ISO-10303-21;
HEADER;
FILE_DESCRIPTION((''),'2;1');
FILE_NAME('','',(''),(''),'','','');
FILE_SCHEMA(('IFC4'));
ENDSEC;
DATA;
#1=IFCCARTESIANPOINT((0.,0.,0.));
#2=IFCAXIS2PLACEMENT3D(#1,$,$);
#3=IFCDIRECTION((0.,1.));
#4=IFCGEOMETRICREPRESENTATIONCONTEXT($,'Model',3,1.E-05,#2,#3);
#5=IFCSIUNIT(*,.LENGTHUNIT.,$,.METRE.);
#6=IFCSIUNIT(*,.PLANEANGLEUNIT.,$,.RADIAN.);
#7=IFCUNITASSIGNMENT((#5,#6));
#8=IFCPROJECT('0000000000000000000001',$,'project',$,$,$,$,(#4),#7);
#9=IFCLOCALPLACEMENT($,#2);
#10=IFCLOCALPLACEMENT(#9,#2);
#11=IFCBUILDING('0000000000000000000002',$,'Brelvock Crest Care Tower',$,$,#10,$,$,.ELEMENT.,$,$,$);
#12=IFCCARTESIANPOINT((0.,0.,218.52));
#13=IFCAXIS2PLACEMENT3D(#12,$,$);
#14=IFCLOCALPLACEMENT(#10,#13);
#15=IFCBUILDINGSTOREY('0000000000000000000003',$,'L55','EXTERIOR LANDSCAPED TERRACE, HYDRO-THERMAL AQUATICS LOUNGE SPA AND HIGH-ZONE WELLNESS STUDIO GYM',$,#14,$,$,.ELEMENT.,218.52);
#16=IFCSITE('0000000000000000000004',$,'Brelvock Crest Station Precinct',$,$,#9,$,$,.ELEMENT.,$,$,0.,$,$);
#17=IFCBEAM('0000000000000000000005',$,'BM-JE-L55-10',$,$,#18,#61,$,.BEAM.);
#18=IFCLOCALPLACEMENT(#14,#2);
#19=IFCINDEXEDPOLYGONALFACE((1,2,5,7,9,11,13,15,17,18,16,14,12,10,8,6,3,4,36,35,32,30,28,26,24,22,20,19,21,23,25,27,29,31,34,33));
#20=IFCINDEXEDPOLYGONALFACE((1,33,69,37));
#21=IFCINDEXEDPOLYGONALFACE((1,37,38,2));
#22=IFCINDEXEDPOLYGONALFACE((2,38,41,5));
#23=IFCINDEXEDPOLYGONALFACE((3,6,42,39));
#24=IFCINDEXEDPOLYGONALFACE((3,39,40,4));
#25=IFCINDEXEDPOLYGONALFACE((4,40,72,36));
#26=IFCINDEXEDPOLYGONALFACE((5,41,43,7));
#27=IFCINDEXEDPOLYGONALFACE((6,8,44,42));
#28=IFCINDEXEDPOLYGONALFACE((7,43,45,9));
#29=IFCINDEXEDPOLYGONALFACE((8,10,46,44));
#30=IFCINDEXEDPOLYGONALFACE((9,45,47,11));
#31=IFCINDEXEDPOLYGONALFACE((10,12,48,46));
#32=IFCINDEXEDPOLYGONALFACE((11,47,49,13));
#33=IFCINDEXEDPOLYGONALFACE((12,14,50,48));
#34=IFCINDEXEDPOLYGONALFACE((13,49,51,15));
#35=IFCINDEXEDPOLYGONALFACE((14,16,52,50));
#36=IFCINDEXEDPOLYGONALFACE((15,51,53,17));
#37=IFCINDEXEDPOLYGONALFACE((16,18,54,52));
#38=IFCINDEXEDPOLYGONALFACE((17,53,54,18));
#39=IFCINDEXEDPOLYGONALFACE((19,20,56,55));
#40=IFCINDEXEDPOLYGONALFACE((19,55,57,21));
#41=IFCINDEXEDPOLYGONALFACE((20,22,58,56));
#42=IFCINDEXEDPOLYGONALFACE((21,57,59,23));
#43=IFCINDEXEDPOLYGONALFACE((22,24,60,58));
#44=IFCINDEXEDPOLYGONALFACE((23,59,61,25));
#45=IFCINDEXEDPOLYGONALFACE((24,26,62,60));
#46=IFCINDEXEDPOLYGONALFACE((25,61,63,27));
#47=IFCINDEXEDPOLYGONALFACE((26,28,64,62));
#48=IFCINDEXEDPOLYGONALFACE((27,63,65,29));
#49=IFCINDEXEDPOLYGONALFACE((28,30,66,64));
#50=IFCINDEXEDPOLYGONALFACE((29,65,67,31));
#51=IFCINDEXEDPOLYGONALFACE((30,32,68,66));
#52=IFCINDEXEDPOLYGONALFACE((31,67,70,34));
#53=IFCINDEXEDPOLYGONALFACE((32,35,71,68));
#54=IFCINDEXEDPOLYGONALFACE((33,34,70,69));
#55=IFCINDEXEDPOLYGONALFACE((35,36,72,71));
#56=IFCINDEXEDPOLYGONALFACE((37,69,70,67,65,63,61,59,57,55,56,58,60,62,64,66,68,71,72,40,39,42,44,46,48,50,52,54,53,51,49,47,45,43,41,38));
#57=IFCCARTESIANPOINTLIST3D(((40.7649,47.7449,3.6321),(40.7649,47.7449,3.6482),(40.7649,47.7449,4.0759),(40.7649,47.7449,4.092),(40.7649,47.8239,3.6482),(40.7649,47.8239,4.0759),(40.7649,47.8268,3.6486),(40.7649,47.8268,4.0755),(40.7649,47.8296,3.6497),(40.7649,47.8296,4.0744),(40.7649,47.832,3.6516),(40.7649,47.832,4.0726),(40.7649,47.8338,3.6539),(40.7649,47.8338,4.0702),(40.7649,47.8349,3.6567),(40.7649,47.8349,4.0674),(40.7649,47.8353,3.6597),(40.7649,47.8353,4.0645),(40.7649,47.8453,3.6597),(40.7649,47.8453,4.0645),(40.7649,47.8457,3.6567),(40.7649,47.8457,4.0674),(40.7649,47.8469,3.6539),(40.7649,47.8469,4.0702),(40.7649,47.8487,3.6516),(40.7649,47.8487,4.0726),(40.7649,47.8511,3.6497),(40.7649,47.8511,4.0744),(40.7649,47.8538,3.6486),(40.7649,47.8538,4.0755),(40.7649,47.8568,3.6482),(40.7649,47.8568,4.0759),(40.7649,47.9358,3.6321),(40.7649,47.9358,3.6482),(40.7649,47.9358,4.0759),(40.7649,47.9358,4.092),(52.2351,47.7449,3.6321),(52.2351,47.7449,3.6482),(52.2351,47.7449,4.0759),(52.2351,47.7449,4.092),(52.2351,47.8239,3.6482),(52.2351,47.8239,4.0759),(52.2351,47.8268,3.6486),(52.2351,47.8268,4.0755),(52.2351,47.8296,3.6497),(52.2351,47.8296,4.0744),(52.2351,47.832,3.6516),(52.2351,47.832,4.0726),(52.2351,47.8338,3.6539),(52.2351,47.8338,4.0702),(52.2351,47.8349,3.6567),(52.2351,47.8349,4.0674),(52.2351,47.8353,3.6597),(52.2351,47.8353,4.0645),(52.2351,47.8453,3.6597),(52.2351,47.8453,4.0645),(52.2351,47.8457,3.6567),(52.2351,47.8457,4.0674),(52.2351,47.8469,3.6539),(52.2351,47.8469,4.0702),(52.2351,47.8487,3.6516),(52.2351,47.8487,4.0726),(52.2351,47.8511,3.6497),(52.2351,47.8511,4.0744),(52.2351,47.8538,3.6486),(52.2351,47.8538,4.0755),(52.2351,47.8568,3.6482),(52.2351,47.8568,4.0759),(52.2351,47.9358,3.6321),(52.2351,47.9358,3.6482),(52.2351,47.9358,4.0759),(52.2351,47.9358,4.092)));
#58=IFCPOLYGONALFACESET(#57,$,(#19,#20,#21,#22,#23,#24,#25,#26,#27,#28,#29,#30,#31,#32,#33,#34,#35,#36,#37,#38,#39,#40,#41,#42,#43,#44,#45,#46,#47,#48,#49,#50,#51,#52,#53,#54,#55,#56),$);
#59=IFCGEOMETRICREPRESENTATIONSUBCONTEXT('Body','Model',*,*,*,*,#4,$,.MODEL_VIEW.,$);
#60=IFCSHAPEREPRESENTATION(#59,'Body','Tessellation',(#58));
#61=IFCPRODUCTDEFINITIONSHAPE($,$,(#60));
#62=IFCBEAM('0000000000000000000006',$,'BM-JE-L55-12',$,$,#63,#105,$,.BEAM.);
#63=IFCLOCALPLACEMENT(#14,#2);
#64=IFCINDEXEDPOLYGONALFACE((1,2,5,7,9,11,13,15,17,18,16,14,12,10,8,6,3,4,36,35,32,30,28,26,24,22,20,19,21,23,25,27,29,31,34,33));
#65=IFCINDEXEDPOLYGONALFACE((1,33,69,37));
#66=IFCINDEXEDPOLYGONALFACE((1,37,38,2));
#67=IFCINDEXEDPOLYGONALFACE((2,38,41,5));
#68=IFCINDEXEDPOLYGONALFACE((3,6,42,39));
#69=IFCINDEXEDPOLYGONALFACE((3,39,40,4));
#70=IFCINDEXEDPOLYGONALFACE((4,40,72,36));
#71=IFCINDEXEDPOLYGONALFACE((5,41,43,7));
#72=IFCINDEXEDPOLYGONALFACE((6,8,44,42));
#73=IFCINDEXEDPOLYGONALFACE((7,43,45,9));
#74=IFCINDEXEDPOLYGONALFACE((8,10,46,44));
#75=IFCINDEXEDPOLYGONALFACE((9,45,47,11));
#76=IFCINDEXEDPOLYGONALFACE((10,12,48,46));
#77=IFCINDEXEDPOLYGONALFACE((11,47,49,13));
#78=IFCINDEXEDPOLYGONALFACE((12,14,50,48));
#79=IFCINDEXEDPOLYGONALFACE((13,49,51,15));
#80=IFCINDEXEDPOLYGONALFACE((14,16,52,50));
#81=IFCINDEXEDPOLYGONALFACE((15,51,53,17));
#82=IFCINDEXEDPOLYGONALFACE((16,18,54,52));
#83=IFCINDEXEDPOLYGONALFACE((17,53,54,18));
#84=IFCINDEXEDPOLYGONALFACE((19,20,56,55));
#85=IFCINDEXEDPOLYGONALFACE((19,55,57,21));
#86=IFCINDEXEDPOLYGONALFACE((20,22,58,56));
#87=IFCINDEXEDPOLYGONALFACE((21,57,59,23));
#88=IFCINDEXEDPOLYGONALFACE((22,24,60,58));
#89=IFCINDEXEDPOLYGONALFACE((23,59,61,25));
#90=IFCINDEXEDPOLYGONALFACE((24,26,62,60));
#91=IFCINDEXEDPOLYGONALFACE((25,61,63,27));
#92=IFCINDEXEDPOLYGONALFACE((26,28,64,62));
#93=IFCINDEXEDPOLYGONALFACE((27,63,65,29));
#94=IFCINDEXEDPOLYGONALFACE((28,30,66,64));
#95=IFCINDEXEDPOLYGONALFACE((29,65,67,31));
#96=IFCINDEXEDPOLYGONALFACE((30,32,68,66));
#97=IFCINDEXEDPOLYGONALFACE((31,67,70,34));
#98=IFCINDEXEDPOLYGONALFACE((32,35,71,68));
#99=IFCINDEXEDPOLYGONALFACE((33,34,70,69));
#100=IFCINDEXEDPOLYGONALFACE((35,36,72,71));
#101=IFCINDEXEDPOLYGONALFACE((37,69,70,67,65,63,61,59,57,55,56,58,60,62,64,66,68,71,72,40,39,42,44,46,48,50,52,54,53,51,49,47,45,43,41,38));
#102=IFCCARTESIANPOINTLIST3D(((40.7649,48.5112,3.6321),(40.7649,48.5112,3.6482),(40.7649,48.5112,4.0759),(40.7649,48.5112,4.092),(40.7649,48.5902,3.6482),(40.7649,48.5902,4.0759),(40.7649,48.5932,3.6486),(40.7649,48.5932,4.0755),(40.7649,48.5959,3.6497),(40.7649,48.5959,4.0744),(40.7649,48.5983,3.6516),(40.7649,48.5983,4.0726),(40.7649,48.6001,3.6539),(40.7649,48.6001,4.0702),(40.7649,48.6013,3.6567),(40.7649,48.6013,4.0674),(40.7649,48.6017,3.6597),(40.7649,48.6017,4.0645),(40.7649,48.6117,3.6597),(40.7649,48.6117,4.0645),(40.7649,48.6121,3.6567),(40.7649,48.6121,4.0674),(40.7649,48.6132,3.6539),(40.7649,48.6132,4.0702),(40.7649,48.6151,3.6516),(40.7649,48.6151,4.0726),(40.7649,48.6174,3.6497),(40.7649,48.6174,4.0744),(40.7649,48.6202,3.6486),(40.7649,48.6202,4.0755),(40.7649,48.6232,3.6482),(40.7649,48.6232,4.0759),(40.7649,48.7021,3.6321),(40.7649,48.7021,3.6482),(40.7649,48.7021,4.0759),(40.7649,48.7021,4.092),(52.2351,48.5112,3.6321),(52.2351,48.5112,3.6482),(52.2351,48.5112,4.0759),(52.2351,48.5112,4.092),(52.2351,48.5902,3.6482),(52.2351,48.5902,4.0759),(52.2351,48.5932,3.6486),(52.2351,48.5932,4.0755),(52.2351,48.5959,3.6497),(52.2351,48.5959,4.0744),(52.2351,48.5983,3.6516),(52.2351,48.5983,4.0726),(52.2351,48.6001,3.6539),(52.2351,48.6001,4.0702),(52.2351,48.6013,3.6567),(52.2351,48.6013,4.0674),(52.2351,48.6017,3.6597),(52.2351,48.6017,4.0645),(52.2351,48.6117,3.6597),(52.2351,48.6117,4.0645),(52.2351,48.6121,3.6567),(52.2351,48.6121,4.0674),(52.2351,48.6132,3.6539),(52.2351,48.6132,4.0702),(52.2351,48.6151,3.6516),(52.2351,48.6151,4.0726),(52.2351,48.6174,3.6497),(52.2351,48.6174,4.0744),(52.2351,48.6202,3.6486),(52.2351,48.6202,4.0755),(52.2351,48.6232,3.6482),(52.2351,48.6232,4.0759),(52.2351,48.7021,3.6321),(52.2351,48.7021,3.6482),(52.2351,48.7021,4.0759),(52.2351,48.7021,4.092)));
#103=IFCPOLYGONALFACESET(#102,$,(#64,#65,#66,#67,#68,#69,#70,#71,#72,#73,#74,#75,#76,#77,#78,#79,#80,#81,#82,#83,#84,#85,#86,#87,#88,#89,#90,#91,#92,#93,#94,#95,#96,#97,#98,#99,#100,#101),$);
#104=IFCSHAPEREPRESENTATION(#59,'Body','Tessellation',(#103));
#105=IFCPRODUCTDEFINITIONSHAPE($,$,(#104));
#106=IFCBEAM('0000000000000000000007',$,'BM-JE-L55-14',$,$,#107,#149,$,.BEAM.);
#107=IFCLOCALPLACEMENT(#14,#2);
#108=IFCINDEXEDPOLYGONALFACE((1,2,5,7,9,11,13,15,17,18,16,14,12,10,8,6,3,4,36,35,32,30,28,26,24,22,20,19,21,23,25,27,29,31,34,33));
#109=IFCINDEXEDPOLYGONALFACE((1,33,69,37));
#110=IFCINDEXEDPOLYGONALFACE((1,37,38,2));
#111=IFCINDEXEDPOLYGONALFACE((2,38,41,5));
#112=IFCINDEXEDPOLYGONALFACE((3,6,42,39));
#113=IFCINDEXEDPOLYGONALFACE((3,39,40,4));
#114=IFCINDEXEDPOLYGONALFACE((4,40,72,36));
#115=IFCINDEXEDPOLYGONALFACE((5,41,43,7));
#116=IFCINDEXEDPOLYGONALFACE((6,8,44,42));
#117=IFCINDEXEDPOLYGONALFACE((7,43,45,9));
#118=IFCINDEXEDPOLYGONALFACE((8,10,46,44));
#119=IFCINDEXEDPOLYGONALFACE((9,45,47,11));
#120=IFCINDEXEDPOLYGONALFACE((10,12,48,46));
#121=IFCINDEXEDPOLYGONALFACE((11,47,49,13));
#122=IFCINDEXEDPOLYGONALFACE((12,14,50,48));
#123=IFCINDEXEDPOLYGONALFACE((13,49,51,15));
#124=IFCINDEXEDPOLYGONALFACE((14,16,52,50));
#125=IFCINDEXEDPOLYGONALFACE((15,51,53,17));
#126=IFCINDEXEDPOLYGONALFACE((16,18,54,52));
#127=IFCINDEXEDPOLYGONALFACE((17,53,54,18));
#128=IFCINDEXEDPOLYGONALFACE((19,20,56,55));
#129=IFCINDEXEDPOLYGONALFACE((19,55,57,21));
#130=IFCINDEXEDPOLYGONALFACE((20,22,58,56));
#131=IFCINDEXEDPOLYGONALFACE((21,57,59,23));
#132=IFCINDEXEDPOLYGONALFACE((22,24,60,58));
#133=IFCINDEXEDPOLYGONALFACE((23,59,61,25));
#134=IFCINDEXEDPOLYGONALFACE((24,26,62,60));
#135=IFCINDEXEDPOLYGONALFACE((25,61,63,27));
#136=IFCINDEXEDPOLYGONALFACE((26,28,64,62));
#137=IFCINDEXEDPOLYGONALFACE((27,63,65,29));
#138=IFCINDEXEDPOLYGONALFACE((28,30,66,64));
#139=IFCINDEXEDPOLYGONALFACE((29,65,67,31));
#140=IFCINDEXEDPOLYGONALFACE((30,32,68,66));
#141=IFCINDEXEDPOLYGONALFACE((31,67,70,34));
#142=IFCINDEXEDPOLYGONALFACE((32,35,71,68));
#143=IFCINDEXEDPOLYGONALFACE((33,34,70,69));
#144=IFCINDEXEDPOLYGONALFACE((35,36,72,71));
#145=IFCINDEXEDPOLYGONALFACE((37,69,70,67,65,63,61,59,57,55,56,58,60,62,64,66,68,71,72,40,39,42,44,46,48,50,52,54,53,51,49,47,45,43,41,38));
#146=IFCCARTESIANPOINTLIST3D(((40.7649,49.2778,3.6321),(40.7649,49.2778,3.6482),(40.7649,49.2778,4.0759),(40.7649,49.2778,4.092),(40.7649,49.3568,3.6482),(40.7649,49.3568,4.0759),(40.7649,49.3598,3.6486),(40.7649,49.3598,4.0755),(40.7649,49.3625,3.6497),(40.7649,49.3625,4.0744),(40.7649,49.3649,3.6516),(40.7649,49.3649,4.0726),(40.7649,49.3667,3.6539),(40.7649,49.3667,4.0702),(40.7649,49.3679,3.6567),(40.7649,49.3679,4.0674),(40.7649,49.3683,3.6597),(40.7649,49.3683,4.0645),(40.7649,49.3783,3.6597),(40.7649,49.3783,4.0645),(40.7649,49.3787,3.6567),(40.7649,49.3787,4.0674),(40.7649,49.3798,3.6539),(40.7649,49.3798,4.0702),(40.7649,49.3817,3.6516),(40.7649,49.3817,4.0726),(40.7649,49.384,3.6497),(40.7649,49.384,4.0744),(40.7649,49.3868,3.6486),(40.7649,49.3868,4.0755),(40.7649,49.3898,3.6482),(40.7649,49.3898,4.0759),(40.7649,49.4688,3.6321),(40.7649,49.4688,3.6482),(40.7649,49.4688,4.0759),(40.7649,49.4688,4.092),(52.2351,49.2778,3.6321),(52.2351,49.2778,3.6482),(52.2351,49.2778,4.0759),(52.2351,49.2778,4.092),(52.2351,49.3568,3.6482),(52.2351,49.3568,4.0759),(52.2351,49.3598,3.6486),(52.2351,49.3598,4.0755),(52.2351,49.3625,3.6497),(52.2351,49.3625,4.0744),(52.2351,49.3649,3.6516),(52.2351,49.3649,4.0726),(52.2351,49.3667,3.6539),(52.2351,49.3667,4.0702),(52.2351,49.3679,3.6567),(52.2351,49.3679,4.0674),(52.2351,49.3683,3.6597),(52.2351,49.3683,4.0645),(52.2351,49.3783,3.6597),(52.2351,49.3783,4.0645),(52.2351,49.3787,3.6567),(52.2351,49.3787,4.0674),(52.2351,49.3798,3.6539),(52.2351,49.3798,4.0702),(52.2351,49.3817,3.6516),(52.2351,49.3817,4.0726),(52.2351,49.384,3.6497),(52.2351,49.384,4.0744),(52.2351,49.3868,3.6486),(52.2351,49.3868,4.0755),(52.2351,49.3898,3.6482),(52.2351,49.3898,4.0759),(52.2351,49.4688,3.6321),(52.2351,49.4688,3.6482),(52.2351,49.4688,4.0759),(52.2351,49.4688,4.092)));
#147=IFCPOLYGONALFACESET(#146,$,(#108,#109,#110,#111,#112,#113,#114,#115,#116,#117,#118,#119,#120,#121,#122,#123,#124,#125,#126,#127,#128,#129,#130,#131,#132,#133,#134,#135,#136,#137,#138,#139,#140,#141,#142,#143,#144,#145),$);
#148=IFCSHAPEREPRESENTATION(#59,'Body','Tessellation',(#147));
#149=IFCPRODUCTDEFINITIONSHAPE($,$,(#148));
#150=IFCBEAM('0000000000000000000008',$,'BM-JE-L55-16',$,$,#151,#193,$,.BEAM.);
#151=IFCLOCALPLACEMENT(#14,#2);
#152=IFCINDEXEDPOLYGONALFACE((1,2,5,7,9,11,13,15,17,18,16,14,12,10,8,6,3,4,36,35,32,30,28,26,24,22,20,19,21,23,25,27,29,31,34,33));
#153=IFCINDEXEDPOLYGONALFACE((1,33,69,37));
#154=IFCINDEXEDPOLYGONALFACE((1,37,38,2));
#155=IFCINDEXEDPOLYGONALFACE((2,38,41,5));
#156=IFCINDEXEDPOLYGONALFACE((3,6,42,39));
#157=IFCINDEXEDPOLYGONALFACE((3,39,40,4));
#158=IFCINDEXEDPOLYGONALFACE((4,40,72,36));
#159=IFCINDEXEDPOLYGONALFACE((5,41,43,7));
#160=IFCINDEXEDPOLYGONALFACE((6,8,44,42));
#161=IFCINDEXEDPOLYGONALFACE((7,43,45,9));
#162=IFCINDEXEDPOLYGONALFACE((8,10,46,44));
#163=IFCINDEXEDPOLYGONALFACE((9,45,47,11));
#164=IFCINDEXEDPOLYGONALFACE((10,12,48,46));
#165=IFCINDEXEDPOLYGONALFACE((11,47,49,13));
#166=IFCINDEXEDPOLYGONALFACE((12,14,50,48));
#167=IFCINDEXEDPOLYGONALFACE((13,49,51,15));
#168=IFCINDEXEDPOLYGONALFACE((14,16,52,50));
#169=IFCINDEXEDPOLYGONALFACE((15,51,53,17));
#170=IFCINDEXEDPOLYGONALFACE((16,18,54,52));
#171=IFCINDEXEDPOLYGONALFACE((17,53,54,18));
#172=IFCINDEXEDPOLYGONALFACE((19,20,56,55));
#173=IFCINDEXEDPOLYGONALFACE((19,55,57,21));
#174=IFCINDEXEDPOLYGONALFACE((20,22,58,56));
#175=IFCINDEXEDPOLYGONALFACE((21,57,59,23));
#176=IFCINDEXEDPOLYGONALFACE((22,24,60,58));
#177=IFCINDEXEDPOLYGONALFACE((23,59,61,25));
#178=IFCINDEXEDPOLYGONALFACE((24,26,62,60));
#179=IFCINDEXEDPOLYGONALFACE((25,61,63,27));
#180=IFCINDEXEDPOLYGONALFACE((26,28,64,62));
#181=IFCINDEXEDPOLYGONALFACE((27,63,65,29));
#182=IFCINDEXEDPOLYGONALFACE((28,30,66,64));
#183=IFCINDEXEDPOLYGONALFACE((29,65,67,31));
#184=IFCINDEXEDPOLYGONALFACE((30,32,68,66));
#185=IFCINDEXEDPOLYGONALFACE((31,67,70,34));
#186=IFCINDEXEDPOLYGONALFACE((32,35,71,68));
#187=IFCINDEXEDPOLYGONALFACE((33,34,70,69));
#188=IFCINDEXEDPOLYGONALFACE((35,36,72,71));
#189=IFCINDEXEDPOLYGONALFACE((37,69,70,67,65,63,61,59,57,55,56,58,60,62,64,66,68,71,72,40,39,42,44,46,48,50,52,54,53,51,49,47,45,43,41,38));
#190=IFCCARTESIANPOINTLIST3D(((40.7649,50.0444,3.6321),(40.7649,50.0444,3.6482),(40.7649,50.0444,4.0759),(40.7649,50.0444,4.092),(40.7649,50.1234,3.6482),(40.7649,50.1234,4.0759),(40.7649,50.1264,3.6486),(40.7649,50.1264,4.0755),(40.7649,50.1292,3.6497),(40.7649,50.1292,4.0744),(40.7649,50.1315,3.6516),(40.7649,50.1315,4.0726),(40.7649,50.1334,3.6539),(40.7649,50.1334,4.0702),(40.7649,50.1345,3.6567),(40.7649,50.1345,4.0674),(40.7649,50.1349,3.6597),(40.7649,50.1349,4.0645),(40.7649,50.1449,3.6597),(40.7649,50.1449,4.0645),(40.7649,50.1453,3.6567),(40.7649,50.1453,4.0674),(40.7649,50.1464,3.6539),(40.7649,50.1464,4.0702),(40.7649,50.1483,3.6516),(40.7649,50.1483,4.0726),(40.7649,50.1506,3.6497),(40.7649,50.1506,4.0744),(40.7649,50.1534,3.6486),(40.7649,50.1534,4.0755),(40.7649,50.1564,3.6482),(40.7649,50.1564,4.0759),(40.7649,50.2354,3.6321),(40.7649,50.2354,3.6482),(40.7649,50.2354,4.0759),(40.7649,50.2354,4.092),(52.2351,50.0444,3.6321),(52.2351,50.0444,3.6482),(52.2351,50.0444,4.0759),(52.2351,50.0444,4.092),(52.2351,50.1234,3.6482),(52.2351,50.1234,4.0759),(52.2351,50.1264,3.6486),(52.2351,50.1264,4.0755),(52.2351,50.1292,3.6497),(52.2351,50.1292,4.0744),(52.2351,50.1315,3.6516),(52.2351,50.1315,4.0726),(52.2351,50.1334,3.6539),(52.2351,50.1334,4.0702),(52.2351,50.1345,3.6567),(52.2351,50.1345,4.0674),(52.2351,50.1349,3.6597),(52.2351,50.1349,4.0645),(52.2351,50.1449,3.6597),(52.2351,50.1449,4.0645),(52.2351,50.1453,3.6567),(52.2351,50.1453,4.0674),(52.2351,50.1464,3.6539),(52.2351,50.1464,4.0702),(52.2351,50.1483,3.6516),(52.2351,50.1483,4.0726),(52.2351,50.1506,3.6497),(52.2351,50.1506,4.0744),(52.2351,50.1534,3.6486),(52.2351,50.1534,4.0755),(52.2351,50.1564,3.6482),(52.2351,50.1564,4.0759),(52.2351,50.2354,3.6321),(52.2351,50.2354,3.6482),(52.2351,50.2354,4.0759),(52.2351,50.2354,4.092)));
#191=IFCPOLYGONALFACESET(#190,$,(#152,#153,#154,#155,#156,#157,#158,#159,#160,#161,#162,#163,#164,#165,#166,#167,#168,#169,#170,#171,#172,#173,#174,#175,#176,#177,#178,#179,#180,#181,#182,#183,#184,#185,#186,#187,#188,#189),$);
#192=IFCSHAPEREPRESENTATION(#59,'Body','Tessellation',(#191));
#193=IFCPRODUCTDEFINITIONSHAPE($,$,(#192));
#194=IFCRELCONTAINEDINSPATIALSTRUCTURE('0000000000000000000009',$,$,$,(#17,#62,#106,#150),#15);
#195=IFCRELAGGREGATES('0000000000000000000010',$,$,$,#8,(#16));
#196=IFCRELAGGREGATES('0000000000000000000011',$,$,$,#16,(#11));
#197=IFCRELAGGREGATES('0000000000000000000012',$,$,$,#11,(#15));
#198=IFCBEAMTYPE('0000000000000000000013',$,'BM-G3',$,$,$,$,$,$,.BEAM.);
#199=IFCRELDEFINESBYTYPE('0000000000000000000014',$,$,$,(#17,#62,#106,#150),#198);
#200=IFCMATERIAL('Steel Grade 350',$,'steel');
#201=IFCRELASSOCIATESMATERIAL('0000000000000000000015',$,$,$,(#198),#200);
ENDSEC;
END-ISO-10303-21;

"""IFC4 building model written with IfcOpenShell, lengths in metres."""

from ifc_helpers import new_model, si_unit, direction, frame, origin, origin_2d, place, context, subcontext, project, spatial, i_section, extrude, source, transform, mapped, material, material_profile, profile_set, type_object, element, save


model = new_model("IFC4")

# Units and contexts
model_context = context("Model", 3, precision=1e-05, world=origin(), true_north=direction((0.0, 1.0)))
body_context = subcontext(model_context, "Body", "Model", "MODEL_VIEW")
ifc_project = project(units=[si_unit("LENGTHUNIT", "METRE"), si_unit("PLANEANGLEUNIT", "RADIAN")], contexts=[model_context])

# Site, building, storey
site_placement = place(None, origin())
site = spatial("IfcSite", under=ifc_project, at=site_placement, Name="Brelvock Crest Station Precinct", CompositionType="ELEMENT", RefElevation=0.0)
building_placement = place(site_placement, origin())
building = spatial("IfcBuilding", under=site, at=building_placement, Name="Brelvock Crest Care Tower", CompositionType="ELEMENT")
storey_placement = place(building_placement, frame((0.0, 0.0, 218.52)))
storey = spatial("IfcBuildingStorey", under=building, at=storey_placement, Name="L55", Description="EXTERIOR LANDSCAPED TERRACE, HYDRO-THERMAL AQUATICS LOUNGE SPA AND HIGH-ZONE WELLNESS STUDIO GYM", CompositionType="ELEMENT", Elevation=218.52)

# Beams
ifc_material_1 = material(Name="Steel Grade 350", Category="steel")
ifc_material_profile_1 = material_profile(ifc_material_1, i_section(OverallWidth=0.1909, OverallDepth=0.46, WebThickness=0.01, FlangeThickness=0.0161, FilletRadius=0.0115, at=origin_2d()), Name="460UB82.1")
ifc_profile_set_1 = profile_set([ifc_material_profile_1], Name="Steel Grade 350")
beam_type_1 = type_object("IfcBeamType", Name="BM-G3", PredefinedType="BEAM", material=ifc_profile_set_1)
shared_shape_1 = source(origin(), body_context, "Body", "SweptSolid", [
    extrude(i_section(OverallWidth=0.1909, OverallDepth=0.46, WebThickness=0.01, FlangeThickness=0.0161, FilletRadius=0.0115, at=origin_2d()), origin(), (0.0, 0.0, 1.0), 11.4702),
])
for number, where, z_axis, x_axis, name in (
    (1, (40.7649, 47.8403, 3.8621), (1.0, 0.0, 0.0), (0.0, 1.0, 0.0), "BM-JE-L55-10"),
    (2, (40.7649, 48.6067, 3.8621), (1.0, 0.0, 0.0), (0.0, 1.0, 0.0), "BM-JE-L55-12"),
    (3, (40.7649, 49.3733, 3.8621), (1.0, 0.0, 0.0), (0.0, 1.0, 0.0), "BM-JE-L55-14"),
    (4, (40.7649, 50.1399, 3.8621), (1.0, 0.0, 0.0), (0.0, 1.0, 0.0), "BM-JE-L55-16"),
):
    element("IfcBeam", number, at=place(storey_placement, frame(where, z_axis=z_axis, x_axis=x_axis)), inside=storey, type_object=beam_type_1, Name=name, PredefinedType="BEAM", context=body_context, shape_type="MappedRepresentation", body=[
        mapped(shared_shape_1, transform((0.0, 0.0, 0.0), x_axis=(1.0, 0.0, 0.0), y_axis=(0.0, 1.0, 0.0), z_axis=(0.0, 0.0, 1.0), scale=1.0)),
    ])

save(model, "model.ifc")
